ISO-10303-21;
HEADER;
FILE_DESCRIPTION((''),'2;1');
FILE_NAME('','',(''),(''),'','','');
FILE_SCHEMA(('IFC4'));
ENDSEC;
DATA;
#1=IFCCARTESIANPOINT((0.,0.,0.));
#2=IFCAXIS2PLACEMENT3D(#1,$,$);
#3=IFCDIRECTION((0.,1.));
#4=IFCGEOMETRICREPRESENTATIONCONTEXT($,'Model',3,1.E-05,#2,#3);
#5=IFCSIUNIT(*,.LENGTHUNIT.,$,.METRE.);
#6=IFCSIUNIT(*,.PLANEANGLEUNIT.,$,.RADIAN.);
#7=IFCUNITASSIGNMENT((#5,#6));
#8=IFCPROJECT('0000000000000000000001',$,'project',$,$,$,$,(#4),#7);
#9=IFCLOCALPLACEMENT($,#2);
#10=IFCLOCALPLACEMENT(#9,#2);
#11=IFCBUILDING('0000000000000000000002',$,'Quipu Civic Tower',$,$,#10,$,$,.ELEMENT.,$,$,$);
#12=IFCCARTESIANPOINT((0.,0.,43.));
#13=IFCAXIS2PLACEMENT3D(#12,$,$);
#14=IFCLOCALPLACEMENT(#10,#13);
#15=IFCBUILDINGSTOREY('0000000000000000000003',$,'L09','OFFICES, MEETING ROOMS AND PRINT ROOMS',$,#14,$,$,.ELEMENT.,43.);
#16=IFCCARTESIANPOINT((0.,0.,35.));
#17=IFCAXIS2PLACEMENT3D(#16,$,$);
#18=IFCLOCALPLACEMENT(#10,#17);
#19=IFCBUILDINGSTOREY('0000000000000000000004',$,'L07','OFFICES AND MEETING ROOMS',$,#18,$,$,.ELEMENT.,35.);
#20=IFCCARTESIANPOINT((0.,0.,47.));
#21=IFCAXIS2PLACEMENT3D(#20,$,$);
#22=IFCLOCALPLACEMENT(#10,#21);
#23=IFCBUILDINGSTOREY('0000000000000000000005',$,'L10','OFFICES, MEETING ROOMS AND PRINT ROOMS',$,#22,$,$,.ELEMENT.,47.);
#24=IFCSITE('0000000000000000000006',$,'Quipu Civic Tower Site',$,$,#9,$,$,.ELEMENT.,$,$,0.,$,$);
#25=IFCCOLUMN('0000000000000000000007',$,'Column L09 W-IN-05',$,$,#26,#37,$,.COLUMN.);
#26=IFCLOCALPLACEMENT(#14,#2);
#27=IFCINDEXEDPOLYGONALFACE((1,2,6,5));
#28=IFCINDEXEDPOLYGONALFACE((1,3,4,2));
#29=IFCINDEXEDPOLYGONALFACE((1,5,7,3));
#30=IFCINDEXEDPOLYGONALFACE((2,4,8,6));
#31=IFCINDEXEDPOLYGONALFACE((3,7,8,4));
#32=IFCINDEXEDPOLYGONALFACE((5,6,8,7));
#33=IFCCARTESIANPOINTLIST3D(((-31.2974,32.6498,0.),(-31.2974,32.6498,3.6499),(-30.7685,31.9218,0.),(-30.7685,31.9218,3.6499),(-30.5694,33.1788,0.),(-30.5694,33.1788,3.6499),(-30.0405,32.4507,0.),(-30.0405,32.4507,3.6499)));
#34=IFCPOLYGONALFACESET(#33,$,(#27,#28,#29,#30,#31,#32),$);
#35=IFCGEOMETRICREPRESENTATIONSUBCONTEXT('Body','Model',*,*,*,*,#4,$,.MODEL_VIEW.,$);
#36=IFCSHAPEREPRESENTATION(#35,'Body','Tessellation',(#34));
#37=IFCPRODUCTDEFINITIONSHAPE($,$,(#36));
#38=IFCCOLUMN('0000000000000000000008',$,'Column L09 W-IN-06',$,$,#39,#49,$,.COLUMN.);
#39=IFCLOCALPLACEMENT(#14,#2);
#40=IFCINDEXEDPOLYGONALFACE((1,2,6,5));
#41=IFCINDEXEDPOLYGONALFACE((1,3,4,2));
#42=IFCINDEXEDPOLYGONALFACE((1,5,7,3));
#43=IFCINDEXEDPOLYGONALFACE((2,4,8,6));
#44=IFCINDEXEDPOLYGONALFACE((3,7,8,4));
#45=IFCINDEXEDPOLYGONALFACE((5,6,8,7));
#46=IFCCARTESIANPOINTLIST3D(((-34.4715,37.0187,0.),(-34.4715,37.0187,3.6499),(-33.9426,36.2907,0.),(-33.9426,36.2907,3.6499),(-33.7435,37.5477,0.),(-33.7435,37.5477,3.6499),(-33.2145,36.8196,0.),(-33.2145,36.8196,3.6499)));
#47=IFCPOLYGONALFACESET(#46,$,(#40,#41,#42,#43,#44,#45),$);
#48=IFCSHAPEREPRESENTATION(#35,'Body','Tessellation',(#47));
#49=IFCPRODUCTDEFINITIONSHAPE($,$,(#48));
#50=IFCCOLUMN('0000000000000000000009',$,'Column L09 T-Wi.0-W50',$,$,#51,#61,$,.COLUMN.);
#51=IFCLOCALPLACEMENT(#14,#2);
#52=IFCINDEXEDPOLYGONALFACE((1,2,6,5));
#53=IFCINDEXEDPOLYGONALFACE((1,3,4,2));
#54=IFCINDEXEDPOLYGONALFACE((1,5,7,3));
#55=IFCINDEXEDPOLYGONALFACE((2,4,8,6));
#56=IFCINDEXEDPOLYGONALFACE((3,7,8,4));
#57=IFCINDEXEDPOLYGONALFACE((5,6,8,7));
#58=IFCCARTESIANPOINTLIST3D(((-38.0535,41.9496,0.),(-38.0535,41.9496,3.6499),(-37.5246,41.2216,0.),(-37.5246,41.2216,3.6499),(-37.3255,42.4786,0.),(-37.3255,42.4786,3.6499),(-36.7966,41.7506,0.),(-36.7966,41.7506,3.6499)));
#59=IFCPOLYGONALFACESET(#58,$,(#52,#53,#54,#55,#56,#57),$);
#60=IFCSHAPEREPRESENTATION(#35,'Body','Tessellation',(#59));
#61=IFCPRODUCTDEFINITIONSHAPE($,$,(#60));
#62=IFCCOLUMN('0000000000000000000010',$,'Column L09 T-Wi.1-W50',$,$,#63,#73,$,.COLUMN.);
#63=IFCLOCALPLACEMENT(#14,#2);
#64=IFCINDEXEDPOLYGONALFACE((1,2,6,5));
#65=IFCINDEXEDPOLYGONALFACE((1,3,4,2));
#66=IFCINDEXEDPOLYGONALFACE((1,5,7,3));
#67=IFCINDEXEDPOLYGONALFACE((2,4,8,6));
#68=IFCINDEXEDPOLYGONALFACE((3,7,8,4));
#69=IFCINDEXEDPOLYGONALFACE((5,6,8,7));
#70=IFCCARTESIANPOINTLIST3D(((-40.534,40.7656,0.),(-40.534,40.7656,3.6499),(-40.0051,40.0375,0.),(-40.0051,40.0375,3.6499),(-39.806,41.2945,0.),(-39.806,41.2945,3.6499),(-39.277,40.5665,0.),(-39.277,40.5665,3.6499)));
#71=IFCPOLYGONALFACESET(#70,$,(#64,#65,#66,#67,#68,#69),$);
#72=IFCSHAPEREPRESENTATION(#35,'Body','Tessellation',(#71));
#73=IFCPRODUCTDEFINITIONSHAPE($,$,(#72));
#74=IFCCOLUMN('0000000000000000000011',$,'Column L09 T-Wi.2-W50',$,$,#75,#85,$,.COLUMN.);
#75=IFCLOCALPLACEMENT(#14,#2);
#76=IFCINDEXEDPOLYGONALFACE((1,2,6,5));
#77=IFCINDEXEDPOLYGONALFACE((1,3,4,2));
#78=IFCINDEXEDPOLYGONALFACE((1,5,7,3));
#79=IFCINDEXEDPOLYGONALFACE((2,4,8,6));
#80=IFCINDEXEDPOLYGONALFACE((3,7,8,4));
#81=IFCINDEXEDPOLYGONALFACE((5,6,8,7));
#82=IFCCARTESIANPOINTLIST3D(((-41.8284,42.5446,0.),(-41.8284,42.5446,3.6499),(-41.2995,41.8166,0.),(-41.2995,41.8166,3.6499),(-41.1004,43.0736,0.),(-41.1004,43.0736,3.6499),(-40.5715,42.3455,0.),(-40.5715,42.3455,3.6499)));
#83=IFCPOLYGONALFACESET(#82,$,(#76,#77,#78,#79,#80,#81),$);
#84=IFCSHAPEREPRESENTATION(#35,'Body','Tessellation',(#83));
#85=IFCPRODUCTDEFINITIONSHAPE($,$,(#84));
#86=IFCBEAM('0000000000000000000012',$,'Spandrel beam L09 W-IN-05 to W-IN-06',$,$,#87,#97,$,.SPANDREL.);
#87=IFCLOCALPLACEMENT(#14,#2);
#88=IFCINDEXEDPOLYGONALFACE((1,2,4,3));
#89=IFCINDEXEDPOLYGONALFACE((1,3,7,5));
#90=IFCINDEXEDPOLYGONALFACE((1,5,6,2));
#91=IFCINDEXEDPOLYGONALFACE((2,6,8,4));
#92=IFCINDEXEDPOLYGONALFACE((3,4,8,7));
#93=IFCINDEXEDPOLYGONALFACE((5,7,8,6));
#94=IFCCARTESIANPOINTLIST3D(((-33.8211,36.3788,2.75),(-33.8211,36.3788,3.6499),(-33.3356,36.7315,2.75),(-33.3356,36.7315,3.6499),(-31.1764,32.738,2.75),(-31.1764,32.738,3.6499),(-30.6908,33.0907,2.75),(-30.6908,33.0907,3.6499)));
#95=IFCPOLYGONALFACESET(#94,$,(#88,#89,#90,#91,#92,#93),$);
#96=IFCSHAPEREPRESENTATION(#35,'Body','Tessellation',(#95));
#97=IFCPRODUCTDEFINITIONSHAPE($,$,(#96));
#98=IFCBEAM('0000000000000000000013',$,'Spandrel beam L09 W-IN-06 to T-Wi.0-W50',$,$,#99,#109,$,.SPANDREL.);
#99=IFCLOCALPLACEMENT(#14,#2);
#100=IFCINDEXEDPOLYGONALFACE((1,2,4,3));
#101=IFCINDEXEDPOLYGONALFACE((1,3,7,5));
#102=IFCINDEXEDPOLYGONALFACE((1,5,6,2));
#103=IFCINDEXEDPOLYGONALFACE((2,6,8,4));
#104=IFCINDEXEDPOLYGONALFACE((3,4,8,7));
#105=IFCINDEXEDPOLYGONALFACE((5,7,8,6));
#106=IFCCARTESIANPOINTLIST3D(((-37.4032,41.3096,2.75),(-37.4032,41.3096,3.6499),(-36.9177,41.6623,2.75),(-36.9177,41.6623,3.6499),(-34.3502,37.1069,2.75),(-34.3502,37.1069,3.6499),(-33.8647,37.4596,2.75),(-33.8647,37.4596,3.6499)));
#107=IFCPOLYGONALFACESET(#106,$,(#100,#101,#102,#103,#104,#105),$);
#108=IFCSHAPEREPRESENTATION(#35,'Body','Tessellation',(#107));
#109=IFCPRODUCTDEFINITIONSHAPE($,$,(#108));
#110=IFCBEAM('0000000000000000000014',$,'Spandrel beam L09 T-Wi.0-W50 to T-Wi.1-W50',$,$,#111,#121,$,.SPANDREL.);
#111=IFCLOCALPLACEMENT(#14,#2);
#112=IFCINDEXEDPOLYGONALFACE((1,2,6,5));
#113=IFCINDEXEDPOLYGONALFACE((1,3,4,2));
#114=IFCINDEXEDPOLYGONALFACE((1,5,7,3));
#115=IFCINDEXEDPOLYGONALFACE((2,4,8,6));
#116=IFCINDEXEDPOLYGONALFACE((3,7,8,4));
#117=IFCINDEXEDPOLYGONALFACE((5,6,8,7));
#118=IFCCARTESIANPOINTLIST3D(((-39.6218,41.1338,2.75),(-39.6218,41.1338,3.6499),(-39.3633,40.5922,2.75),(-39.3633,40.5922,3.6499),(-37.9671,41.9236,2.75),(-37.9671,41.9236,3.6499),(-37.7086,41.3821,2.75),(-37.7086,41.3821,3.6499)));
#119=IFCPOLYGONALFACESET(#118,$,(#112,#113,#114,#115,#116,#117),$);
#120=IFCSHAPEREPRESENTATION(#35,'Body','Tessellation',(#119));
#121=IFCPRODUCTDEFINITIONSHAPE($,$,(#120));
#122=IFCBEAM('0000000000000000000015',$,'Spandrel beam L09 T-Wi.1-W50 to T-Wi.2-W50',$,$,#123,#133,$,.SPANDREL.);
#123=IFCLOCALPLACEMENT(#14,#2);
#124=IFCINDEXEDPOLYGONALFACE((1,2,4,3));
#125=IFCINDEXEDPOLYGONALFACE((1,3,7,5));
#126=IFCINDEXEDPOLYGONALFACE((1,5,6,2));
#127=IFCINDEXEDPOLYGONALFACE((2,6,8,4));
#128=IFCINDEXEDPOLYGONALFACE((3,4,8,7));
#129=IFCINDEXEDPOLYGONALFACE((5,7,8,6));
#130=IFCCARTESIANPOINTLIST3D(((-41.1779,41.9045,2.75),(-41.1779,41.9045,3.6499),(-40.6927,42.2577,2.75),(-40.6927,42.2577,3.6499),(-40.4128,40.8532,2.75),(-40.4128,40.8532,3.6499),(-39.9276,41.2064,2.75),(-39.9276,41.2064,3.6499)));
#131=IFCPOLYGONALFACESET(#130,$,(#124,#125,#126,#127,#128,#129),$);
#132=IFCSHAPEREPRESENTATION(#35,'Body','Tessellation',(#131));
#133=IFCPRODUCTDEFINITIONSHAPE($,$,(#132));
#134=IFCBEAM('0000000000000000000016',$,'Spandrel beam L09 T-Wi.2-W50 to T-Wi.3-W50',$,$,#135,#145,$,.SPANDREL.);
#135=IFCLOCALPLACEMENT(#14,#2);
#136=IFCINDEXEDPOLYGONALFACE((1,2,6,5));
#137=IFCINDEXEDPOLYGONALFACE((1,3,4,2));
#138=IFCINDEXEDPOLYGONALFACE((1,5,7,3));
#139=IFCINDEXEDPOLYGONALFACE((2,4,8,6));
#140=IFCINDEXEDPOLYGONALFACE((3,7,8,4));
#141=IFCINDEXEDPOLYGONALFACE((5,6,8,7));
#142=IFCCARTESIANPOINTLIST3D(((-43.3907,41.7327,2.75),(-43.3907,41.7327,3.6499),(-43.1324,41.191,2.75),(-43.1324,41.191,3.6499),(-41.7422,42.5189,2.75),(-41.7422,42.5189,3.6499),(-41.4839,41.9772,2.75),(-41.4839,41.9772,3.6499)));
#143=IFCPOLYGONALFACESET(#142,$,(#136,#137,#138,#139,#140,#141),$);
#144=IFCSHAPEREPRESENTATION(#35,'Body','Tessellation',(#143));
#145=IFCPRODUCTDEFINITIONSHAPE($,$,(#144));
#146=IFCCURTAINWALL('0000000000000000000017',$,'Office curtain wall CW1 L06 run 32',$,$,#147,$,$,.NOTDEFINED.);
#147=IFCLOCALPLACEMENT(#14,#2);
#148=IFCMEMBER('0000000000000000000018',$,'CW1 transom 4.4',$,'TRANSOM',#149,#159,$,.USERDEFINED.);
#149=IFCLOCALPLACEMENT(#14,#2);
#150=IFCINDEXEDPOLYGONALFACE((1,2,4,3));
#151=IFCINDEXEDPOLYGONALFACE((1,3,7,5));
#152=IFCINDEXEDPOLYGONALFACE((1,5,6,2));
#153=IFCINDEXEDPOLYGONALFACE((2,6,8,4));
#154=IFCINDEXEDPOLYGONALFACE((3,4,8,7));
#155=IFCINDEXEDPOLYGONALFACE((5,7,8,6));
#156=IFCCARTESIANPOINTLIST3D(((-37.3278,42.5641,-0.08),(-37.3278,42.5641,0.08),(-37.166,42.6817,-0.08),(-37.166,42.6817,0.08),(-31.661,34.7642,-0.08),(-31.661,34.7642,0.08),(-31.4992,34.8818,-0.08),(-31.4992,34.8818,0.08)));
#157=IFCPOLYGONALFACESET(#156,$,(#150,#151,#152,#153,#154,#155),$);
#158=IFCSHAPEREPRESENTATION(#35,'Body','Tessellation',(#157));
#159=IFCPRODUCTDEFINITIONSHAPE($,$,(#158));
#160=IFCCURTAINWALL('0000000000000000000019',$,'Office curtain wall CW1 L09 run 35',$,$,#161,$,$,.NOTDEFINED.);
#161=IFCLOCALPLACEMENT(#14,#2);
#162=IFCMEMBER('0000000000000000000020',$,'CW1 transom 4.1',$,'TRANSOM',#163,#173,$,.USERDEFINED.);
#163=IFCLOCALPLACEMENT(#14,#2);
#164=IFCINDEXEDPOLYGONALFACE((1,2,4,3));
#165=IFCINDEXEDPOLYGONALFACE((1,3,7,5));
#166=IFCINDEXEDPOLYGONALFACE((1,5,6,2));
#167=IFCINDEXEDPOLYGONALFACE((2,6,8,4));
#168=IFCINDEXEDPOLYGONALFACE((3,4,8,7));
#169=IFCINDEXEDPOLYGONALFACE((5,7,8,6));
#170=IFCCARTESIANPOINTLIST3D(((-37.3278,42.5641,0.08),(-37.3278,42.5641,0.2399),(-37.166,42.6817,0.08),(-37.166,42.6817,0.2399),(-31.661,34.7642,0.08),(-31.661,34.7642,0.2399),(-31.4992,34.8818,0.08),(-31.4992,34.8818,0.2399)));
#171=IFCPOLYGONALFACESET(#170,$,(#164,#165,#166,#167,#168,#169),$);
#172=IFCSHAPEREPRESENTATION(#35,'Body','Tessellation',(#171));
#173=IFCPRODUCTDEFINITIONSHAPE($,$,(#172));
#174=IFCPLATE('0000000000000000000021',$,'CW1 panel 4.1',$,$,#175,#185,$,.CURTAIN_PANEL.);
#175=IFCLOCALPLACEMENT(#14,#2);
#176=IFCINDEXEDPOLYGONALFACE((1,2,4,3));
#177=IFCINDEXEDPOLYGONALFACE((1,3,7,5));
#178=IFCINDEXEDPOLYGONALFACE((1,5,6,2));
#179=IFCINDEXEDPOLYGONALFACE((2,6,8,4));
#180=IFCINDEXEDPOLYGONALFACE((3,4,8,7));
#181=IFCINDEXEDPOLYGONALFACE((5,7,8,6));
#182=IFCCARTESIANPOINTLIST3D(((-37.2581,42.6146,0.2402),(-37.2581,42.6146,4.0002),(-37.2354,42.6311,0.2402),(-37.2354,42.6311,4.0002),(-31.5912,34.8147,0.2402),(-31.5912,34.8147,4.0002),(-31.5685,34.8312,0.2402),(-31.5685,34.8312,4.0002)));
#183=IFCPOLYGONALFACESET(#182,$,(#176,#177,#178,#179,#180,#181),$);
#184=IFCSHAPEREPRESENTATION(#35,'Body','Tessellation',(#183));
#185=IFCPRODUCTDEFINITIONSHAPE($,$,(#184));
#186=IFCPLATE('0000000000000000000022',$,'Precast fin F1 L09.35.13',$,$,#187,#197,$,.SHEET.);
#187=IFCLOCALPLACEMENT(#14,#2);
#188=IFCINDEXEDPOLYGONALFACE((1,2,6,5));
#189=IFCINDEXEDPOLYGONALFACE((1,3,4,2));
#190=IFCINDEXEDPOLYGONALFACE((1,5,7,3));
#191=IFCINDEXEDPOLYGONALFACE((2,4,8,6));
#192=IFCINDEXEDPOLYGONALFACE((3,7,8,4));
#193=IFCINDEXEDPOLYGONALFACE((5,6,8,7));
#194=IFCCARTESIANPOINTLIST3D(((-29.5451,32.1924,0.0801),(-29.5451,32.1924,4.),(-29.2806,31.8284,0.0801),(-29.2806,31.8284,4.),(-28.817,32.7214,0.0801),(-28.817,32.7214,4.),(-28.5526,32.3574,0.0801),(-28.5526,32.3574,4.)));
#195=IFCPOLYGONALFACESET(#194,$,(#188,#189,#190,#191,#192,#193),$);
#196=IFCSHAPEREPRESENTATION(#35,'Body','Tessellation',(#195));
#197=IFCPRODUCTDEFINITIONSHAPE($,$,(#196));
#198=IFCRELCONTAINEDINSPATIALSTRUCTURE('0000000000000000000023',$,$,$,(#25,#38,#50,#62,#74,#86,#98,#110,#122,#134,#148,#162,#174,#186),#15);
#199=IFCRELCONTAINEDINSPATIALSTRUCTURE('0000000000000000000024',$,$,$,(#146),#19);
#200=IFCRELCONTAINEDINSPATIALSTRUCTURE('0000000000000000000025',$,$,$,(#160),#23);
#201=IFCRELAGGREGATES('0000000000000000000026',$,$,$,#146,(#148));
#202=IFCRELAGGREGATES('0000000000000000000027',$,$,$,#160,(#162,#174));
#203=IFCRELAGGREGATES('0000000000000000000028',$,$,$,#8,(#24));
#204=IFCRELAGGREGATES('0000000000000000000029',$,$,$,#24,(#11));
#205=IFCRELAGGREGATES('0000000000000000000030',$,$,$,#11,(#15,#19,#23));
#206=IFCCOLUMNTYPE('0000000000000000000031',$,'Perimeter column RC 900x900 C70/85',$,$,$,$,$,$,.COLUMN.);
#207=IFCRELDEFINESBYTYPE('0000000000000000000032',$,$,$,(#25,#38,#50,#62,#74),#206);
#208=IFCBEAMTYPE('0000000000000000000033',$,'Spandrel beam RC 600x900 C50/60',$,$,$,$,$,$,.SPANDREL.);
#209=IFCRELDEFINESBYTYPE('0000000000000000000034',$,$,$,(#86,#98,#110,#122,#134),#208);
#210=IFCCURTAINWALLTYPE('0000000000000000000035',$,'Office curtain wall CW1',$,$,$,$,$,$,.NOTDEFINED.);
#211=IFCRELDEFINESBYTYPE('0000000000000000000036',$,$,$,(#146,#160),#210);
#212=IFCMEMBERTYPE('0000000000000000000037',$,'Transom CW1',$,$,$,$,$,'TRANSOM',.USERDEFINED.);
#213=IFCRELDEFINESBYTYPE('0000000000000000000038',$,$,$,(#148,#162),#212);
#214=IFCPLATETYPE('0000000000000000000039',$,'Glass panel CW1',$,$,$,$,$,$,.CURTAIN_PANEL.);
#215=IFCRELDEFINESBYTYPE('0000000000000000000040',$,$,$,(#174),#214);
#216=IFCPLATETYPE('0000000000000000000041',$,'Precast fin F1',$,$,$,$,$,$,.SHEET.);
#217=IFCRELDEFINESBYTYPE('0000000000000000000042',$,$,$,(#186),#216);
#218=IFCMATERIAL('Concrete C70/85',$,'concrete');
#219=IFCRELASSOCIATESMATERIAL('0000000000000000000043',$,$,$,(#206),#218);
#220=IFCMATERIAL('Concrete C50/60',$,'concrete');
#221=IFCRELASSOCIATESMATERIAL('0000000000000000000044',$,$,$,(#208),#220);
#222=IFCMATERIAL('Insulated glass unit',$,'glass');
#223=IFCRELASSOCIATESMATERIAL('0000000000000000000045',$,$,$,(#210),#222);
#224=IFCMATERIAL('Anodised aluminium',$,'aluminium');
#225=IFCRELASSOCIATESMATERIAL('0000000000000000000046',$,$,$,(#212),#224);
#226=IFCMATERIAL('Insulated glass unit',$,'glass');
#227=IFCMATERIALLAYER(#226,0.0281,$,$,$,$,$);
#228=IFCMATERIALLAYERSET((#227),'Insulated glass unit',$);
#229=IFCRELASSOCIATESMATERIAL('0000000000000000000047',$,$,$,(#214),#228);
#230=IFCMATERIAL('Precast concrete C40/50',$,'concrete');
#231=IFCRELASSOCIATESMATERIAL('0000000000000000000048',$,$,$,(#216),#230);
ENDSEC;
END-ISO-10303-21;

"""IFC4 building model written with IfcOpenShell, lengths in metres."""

from ifc_helpers import new_model, si_unit, direction, frame, origin, origin_2d, place, context, subcontext, project, spatial, rectangle, extrude, material, layer, layer_set, material_profile, profile_set, type_object, element, aggregate, save


model = new_model("IFC4")

# Units and contexts
model_context = context("Model", 3, precision=1e-05, world=origin(), true_north=direction((0.0, 1.0)))
body_context = subcontext(model_context, "Body", "Model", "MODEL_VIEW")
ifc_project = project(units=[si_unit("LENGTHUNIT", "METRE"), si_unit("PLANEANGLEUNIT", "RADIAN")], contexts=[model_context])

# Site, building, storey
site_placement = place(None, origin())
site = spatial("IfcSite", under=ifc_project, at=site_placement, Name="Quipu Civic Tower Site", CompositionType="ELEMENT", RefElevation=0.0)
building_placement = place(site_placement, origin())
building = spatial("IfcBuilding", under=site, at=building_placement, Name="Quipu Civic Tower", CompositionType="ELEMENT")
storey_1_placement = place(building_placement, frame((0.0, 0.0, 43.0)))
storey_1 = spatial("IfcBuildingStorey", under=building, at=storey_1_placement, Name="L09", Description="OFFICES, MEETING ROOMS AND PRINT ROOMS", CompositionType="ELEMENT", Elevation=43.0)

# Columns
ifc_material_1 = material(Name="Concrete C70/85", Category="concrete")
ifc_material_profile_1 = material_profile(ifc_material_1, rectangle(XDim=0.8999, YDim=0.8999, at=origin_2d()), Name="RC900x900")
ifc_profile_set_1 = profile_set([ifc_material_profile_1], Name="Concrete C70/85")
column_type = type_object("IfcColumnType", Name="Perimeter column RC 900x900 C70/85", PredefinedType="COLUMN", material=ifc_profile_set_1)
for number, where, z_axis, x_axis, name in (
    (1, (-30.6689, 32.5503, 0.0), (0.0, 0.0, 1.0), (-0.587785, 0.809017, 0.0), "Column L09 W-IN-05"),
    (2, (-33.843, 36.9192, 0.0), (0.0, 0.0, 1.0), (-0.587785, 0.809017, 0.0), "Column L09 W-IN-06"),
    (3, (-37.425, 41.8501, 0.0), (0.0, 0.0, 1.0), (-0.587785, 0.809017, 0.0), "Column L09 T-Wi.0-W50"),
    (4, (-39.9055, 40.666, 0.0), (0.0, 0.0, 1.0), (-0.587785, 0.809017, 0.0), "Column L09 T-Wi.1-W50"),
    (5, (-41.2, 42.4451, 0.0), (0.0, 0.0, 1.0), (-0.587785, 0.809017, 0.0), "Column L09 T-Wi.2-W50"),
):
    element("IfcColumn", number, at=place(storey_1_placement, frame(where, z_axis=z_axis, x_axis=x_axis)), inside=storey_1, type_object=column_type, Name=name, PredefinedType="COLUMN", context=body_context, shape_type="SweptSolid", body=[
        extrude(rectangle(XDim=0.8999, YDim=0.8999, at=origin_2d()), origin(), (0.0, 0.0, 1.0), 3.6499),
    ])

# Beams
ifc_material_2 = material(Name="Concrete C50/60", Category="concrete")
ifc_material_profile_2 = material_profile(ifc_material_2, rectangle(XDim=0.6001, YDim=0.8999, at=origin_2d()), Name="RC600x900")
ifc_profile_set_2 = profile_set([ifc_material_profile_2], Name="Concrete C50/60")
beam_type = type_object("IfcBeamType", Name="Spandrel beam RC 600x900 C50/60", PredefinedType="SPANDREL", material=ifc_profile_set_2)
beam_1_placement = place(storey_1_placement, frame((-30.9336, 32.9143, 3.2), z_axis=(-0.587717, 0.809067, 0.0), x_axis=(-0.809067, -0.587717, 0.0)))
element("IfcBeam", 6, at=beam_1_placement, inside=storey_1, type_object=beam_type, Name="Spandrel beam L09 W-IN-05 to W-IN-06", PredefinedType="SPANDREL", context=body_context, shape_type="SweptSolid", body=[
    extrude(rectangle(XDim=0.6001, YDim=0.8999, at=origin_2d()), origin(), (0.0, 0.0, 1.0), 4.5),
])
beam_2_placement = place(storey_1_placement, frame((-34.1074, 37.2832, 3.2), z_axis=(-0.587733, 0.809055, 0.0), x_axis=(-0.809055, -0.587733, 0.0)))
element("IfcBeam", 7, at=beam_2_placement, inside=storey_1, type_object=beam_type, Name="Spandrel beam L09 W-IN-06 to T-Wi.0-W50", PredefinedType="SPANDREL", context=body_context, shape_type="SweptSolid", body=[
    extrude(rectangle(XDim=0.6001, YDim=0.8999, at=origin_2d()), origin(), (0.0, 0.0, 1.0), 5.1946),
])
beam_3_placement = place(storey_1_placement, frame((-37.8379, 41.6528, 3.2), z_axis=(-0.902454, -0.430786, 0.0), x_axis=(0.430786, -0.902454, 0.0)))
element("IfcBeam", 8, at=beam_3_placement, inside=storey_1, type_object=beam_type, Name="Spandrel beam L09 T-Wi.0-W50 to T-Wi.1-W50", PredefinedType="SPANDREL", context=body_context, shape_type="SweptSolid", body=[
    extrude(rectangle(XDim=0.6001, YDim=0.8999, at=origin_2d()), origin(), (0.0, 0.0, 1.0), 1.8335),
])
beam_4_placement = place(storey_1_placement, frame((-40.1702, 41.0298, 3.2), z_axis=(-0.588462, 0.808525, 0.0), x_axis=(-0.808525, -0.588462, 0.0)))
element("IfcBeam", 9, at=beam_4_placement, inside=storey_1, type_object=beam_type, Name="Spandrel beam L09 T-Wi.1-W50 to T-Wi.2-W50", PredefinedType="SPANDREL", context=body_context, shape_type="SweptSolid", body=[
    extrude(rectangle(XDim=0.6001, YDim=0.8999, at=origin_2d()), origin(), (0.0, 0.0, 1.0), 1.3003),
])
beam_5_placement = place(storey_1_placement, frame((-41.613, 42.248, 3.2), z_axis=(-0.902613, -0.430452, 0.0), x_axis=(0.430452, -0.902613, 0.0)))
element("IfcBeam", 10, at=beam_5_placement, inside=storey_1, type_object=beam_type, Name="Spandrel beam L09 T-Wi.2-W50 to T-Wi.3-W50", PredefinedType="SPANDREL", context=body_context, shape_type="SweptSolid", body=[
    extrude(rectangle(XDim=0.6001, YDim=0.8999, at=origin_2d()), origin(), (0.0, 0.0, 1.0), 1.8264),
])

# Shared definitions
storey_2_placement = place(building_placement, frame((0.0, 0.0, 35.0)))
storey_2 = spatial("IfcBuildingStorey", under=building, at=storey_2_placement, Name="L07", Description="OFFICES AND MEETING ROOMS", CompositionType="ELEMENT", Elevation=35.0)

# Curtain wall, member
ifc_material_3 = material(Name="Insulated glass unit", Category="glass")
curtain_wall_type = type_object("IfcCurtainWallType", Name="Office curtain wall CW1", PredefinedType="NOTDEFINED", material=ifc_material_3)
curtain_wall_1_placement = place(storey_2_placement, origin())
curtain_wall_1 = element("IfcCurtainWall", 11, at=curtain_wall_1_placement, inside=storey_2, type_object=curtain_wall_type, Name="Office curtain wall CW1 L06 run 32", PredefinedType="NOTDEFINED")
ifc_material_4 = material(Name="Anodised aluminium", Category="aluminium")
ifc_material_profile_3 = material_profile(ifc_material_4, rectangle(XDim=0.2, YDim=0.1599, at=origin_2d()), Name="RECT 200x160")
ifc_profile_set_3 = profile_set([ifc_material_profile_3], Name="Anodised aluminium")
member_type = type_object("IfcMemberType", Name="Transom CW1", ElementType="TRANSOM", PredefinedType="USERDEFINED", material=ifc_profile_set_3)
member_1_placement = place(storey_1_placement, frame((-31.5801, 34.823, 0.0), z_axis=(-0.587776, 0.809024, 0.0), x_axis=(-0.809024, -0.587776, 0.0)))
member_1 = element("IfcMember", 12, at=member_1_placement, inside=storey_1, type_object=member_type, Name="CW1 transom 4.4", ObjectType="TRANSOM", PredefinedType="USERDEFINED", context=body_context, shape_type="SweptSolid", body=[
    extrude(rectangle(XDim=0.2, YDim=0.1599, at=origin_2d()), origin(), (0.0, 0.0, 1.0), 9.6411),
])
aggregate(curtain_wall_1, [member_1])

# Shared definitions
storey_3_placement = place(building_placement, frame((0.0, 0.0, 47.0)))
storey_3 = spatial("IfcBuildingStorey", under=building, at=storey_3_placement, Name="L10", Description="OFFICES, MEETING ROOMS AND PRINT ROOMS", CompositionType="ELEMENT", Elevation=47.0)

# Curtain wall, member, plate
curtain_wall_2_placement = place(storey_3_placement, origin())
curtain_wall_2 = element("IfcCurtainWall", 13, at=curtain_wall_2_placement, inside=storey_3, type_object=curtain_wall_type, Name="Office curtain wall CW1 L09 run 35", PredefinedType="NOTDEFINED")
member_2_placement = place(storey_1_placement, frame((-31.5801, 34.823, 0.1599), z_axis=(-0.587776, 0.809024, 0.0), x_axis=(-0.809024, -0.587776, 0.0)))
member_2 = element("IfcMember", 14, at=member_2_placement, inside=storey_1, type_object=member_type, Name="CW1 transom 4.1", ObjectType="TRANSOM", PredefinedType="USERDEFINED", context=body_context, shape_type="SweptSolid", body=[
    extrude(rectangle(XDim=0.2, YDim=0.1599, at=origin_2d()), origin(), (0.0, 0.0, 1.0), 9.6411),
])
ifc_material_5 = material(Name="Insulated glass unit", Category="glass")
ifc_layer_1 = layer(ifc_material_5, 0.0281)
ifc_layer_set_1 = layer_set([ifc_layer_1], Name="Insulated glass unit")
plate_type_1 = type_object("IfcPlateType", Name="Glass panel CW1", PredefinedType="CURTAIN_PANEL", material=ifc_layer_set_1)
plate_placement = place(storey_1_placement, frame((-34.4133, 38.7229, 0.2402), z_axis=(0.0, 0.0, 1.0), x_axis=(-0.587786, 0.809017, 0.0)))
plate = element("IfcPlate", 15, at=plate_placement, inside=storey_1, type_object=plate_type_1, Name="CW1 panel 4.1", PredefinedType="CURTAIN_PANEL", context=body_context, shape_type="SweptSolid", body=[
    extrude(rectangle(XDim=9.6411, YDim=0.0281, at=origin_2d()), origin(), (0.0, 0.0, 1.0), 3.76),
])
aggregate(curtain_wall_2, [member_2, plate])

# Plate
ifc_material_6 = material(Name="Precast concrete C40/50", Category="concrete")
plate_type_2 = type_object("IfcPlateType", Name="Precast fin F1", PredefinedType="SHEET", material=ifc_material_6)
for number, where, z_axis, x_axis, name in (
    (16, (-29.0488, 32.2749, 0.0801), (0.0, 0.0, 1.0), (-0.587785, 0.809017, 0.0), "Precast fin F1 L09.35.13"),
):
    element("IfcPlate", number, at=place(storey_1_placement, frame(where, z_axis=z_axis, x_axis=x_axis)), inside=storey_1, type_object=plate_type_2, Name=name, PredefinedType="SHEET", context=body_context, shape_type="SweptSolid", body=[
        extrude(rectangle(XDim=0.45, YDim=0.8999, at=origin_2d()), origin(), (0.0, 0.0, 1.0), 3.9199),
    ])

save(model, "model.ifc")
